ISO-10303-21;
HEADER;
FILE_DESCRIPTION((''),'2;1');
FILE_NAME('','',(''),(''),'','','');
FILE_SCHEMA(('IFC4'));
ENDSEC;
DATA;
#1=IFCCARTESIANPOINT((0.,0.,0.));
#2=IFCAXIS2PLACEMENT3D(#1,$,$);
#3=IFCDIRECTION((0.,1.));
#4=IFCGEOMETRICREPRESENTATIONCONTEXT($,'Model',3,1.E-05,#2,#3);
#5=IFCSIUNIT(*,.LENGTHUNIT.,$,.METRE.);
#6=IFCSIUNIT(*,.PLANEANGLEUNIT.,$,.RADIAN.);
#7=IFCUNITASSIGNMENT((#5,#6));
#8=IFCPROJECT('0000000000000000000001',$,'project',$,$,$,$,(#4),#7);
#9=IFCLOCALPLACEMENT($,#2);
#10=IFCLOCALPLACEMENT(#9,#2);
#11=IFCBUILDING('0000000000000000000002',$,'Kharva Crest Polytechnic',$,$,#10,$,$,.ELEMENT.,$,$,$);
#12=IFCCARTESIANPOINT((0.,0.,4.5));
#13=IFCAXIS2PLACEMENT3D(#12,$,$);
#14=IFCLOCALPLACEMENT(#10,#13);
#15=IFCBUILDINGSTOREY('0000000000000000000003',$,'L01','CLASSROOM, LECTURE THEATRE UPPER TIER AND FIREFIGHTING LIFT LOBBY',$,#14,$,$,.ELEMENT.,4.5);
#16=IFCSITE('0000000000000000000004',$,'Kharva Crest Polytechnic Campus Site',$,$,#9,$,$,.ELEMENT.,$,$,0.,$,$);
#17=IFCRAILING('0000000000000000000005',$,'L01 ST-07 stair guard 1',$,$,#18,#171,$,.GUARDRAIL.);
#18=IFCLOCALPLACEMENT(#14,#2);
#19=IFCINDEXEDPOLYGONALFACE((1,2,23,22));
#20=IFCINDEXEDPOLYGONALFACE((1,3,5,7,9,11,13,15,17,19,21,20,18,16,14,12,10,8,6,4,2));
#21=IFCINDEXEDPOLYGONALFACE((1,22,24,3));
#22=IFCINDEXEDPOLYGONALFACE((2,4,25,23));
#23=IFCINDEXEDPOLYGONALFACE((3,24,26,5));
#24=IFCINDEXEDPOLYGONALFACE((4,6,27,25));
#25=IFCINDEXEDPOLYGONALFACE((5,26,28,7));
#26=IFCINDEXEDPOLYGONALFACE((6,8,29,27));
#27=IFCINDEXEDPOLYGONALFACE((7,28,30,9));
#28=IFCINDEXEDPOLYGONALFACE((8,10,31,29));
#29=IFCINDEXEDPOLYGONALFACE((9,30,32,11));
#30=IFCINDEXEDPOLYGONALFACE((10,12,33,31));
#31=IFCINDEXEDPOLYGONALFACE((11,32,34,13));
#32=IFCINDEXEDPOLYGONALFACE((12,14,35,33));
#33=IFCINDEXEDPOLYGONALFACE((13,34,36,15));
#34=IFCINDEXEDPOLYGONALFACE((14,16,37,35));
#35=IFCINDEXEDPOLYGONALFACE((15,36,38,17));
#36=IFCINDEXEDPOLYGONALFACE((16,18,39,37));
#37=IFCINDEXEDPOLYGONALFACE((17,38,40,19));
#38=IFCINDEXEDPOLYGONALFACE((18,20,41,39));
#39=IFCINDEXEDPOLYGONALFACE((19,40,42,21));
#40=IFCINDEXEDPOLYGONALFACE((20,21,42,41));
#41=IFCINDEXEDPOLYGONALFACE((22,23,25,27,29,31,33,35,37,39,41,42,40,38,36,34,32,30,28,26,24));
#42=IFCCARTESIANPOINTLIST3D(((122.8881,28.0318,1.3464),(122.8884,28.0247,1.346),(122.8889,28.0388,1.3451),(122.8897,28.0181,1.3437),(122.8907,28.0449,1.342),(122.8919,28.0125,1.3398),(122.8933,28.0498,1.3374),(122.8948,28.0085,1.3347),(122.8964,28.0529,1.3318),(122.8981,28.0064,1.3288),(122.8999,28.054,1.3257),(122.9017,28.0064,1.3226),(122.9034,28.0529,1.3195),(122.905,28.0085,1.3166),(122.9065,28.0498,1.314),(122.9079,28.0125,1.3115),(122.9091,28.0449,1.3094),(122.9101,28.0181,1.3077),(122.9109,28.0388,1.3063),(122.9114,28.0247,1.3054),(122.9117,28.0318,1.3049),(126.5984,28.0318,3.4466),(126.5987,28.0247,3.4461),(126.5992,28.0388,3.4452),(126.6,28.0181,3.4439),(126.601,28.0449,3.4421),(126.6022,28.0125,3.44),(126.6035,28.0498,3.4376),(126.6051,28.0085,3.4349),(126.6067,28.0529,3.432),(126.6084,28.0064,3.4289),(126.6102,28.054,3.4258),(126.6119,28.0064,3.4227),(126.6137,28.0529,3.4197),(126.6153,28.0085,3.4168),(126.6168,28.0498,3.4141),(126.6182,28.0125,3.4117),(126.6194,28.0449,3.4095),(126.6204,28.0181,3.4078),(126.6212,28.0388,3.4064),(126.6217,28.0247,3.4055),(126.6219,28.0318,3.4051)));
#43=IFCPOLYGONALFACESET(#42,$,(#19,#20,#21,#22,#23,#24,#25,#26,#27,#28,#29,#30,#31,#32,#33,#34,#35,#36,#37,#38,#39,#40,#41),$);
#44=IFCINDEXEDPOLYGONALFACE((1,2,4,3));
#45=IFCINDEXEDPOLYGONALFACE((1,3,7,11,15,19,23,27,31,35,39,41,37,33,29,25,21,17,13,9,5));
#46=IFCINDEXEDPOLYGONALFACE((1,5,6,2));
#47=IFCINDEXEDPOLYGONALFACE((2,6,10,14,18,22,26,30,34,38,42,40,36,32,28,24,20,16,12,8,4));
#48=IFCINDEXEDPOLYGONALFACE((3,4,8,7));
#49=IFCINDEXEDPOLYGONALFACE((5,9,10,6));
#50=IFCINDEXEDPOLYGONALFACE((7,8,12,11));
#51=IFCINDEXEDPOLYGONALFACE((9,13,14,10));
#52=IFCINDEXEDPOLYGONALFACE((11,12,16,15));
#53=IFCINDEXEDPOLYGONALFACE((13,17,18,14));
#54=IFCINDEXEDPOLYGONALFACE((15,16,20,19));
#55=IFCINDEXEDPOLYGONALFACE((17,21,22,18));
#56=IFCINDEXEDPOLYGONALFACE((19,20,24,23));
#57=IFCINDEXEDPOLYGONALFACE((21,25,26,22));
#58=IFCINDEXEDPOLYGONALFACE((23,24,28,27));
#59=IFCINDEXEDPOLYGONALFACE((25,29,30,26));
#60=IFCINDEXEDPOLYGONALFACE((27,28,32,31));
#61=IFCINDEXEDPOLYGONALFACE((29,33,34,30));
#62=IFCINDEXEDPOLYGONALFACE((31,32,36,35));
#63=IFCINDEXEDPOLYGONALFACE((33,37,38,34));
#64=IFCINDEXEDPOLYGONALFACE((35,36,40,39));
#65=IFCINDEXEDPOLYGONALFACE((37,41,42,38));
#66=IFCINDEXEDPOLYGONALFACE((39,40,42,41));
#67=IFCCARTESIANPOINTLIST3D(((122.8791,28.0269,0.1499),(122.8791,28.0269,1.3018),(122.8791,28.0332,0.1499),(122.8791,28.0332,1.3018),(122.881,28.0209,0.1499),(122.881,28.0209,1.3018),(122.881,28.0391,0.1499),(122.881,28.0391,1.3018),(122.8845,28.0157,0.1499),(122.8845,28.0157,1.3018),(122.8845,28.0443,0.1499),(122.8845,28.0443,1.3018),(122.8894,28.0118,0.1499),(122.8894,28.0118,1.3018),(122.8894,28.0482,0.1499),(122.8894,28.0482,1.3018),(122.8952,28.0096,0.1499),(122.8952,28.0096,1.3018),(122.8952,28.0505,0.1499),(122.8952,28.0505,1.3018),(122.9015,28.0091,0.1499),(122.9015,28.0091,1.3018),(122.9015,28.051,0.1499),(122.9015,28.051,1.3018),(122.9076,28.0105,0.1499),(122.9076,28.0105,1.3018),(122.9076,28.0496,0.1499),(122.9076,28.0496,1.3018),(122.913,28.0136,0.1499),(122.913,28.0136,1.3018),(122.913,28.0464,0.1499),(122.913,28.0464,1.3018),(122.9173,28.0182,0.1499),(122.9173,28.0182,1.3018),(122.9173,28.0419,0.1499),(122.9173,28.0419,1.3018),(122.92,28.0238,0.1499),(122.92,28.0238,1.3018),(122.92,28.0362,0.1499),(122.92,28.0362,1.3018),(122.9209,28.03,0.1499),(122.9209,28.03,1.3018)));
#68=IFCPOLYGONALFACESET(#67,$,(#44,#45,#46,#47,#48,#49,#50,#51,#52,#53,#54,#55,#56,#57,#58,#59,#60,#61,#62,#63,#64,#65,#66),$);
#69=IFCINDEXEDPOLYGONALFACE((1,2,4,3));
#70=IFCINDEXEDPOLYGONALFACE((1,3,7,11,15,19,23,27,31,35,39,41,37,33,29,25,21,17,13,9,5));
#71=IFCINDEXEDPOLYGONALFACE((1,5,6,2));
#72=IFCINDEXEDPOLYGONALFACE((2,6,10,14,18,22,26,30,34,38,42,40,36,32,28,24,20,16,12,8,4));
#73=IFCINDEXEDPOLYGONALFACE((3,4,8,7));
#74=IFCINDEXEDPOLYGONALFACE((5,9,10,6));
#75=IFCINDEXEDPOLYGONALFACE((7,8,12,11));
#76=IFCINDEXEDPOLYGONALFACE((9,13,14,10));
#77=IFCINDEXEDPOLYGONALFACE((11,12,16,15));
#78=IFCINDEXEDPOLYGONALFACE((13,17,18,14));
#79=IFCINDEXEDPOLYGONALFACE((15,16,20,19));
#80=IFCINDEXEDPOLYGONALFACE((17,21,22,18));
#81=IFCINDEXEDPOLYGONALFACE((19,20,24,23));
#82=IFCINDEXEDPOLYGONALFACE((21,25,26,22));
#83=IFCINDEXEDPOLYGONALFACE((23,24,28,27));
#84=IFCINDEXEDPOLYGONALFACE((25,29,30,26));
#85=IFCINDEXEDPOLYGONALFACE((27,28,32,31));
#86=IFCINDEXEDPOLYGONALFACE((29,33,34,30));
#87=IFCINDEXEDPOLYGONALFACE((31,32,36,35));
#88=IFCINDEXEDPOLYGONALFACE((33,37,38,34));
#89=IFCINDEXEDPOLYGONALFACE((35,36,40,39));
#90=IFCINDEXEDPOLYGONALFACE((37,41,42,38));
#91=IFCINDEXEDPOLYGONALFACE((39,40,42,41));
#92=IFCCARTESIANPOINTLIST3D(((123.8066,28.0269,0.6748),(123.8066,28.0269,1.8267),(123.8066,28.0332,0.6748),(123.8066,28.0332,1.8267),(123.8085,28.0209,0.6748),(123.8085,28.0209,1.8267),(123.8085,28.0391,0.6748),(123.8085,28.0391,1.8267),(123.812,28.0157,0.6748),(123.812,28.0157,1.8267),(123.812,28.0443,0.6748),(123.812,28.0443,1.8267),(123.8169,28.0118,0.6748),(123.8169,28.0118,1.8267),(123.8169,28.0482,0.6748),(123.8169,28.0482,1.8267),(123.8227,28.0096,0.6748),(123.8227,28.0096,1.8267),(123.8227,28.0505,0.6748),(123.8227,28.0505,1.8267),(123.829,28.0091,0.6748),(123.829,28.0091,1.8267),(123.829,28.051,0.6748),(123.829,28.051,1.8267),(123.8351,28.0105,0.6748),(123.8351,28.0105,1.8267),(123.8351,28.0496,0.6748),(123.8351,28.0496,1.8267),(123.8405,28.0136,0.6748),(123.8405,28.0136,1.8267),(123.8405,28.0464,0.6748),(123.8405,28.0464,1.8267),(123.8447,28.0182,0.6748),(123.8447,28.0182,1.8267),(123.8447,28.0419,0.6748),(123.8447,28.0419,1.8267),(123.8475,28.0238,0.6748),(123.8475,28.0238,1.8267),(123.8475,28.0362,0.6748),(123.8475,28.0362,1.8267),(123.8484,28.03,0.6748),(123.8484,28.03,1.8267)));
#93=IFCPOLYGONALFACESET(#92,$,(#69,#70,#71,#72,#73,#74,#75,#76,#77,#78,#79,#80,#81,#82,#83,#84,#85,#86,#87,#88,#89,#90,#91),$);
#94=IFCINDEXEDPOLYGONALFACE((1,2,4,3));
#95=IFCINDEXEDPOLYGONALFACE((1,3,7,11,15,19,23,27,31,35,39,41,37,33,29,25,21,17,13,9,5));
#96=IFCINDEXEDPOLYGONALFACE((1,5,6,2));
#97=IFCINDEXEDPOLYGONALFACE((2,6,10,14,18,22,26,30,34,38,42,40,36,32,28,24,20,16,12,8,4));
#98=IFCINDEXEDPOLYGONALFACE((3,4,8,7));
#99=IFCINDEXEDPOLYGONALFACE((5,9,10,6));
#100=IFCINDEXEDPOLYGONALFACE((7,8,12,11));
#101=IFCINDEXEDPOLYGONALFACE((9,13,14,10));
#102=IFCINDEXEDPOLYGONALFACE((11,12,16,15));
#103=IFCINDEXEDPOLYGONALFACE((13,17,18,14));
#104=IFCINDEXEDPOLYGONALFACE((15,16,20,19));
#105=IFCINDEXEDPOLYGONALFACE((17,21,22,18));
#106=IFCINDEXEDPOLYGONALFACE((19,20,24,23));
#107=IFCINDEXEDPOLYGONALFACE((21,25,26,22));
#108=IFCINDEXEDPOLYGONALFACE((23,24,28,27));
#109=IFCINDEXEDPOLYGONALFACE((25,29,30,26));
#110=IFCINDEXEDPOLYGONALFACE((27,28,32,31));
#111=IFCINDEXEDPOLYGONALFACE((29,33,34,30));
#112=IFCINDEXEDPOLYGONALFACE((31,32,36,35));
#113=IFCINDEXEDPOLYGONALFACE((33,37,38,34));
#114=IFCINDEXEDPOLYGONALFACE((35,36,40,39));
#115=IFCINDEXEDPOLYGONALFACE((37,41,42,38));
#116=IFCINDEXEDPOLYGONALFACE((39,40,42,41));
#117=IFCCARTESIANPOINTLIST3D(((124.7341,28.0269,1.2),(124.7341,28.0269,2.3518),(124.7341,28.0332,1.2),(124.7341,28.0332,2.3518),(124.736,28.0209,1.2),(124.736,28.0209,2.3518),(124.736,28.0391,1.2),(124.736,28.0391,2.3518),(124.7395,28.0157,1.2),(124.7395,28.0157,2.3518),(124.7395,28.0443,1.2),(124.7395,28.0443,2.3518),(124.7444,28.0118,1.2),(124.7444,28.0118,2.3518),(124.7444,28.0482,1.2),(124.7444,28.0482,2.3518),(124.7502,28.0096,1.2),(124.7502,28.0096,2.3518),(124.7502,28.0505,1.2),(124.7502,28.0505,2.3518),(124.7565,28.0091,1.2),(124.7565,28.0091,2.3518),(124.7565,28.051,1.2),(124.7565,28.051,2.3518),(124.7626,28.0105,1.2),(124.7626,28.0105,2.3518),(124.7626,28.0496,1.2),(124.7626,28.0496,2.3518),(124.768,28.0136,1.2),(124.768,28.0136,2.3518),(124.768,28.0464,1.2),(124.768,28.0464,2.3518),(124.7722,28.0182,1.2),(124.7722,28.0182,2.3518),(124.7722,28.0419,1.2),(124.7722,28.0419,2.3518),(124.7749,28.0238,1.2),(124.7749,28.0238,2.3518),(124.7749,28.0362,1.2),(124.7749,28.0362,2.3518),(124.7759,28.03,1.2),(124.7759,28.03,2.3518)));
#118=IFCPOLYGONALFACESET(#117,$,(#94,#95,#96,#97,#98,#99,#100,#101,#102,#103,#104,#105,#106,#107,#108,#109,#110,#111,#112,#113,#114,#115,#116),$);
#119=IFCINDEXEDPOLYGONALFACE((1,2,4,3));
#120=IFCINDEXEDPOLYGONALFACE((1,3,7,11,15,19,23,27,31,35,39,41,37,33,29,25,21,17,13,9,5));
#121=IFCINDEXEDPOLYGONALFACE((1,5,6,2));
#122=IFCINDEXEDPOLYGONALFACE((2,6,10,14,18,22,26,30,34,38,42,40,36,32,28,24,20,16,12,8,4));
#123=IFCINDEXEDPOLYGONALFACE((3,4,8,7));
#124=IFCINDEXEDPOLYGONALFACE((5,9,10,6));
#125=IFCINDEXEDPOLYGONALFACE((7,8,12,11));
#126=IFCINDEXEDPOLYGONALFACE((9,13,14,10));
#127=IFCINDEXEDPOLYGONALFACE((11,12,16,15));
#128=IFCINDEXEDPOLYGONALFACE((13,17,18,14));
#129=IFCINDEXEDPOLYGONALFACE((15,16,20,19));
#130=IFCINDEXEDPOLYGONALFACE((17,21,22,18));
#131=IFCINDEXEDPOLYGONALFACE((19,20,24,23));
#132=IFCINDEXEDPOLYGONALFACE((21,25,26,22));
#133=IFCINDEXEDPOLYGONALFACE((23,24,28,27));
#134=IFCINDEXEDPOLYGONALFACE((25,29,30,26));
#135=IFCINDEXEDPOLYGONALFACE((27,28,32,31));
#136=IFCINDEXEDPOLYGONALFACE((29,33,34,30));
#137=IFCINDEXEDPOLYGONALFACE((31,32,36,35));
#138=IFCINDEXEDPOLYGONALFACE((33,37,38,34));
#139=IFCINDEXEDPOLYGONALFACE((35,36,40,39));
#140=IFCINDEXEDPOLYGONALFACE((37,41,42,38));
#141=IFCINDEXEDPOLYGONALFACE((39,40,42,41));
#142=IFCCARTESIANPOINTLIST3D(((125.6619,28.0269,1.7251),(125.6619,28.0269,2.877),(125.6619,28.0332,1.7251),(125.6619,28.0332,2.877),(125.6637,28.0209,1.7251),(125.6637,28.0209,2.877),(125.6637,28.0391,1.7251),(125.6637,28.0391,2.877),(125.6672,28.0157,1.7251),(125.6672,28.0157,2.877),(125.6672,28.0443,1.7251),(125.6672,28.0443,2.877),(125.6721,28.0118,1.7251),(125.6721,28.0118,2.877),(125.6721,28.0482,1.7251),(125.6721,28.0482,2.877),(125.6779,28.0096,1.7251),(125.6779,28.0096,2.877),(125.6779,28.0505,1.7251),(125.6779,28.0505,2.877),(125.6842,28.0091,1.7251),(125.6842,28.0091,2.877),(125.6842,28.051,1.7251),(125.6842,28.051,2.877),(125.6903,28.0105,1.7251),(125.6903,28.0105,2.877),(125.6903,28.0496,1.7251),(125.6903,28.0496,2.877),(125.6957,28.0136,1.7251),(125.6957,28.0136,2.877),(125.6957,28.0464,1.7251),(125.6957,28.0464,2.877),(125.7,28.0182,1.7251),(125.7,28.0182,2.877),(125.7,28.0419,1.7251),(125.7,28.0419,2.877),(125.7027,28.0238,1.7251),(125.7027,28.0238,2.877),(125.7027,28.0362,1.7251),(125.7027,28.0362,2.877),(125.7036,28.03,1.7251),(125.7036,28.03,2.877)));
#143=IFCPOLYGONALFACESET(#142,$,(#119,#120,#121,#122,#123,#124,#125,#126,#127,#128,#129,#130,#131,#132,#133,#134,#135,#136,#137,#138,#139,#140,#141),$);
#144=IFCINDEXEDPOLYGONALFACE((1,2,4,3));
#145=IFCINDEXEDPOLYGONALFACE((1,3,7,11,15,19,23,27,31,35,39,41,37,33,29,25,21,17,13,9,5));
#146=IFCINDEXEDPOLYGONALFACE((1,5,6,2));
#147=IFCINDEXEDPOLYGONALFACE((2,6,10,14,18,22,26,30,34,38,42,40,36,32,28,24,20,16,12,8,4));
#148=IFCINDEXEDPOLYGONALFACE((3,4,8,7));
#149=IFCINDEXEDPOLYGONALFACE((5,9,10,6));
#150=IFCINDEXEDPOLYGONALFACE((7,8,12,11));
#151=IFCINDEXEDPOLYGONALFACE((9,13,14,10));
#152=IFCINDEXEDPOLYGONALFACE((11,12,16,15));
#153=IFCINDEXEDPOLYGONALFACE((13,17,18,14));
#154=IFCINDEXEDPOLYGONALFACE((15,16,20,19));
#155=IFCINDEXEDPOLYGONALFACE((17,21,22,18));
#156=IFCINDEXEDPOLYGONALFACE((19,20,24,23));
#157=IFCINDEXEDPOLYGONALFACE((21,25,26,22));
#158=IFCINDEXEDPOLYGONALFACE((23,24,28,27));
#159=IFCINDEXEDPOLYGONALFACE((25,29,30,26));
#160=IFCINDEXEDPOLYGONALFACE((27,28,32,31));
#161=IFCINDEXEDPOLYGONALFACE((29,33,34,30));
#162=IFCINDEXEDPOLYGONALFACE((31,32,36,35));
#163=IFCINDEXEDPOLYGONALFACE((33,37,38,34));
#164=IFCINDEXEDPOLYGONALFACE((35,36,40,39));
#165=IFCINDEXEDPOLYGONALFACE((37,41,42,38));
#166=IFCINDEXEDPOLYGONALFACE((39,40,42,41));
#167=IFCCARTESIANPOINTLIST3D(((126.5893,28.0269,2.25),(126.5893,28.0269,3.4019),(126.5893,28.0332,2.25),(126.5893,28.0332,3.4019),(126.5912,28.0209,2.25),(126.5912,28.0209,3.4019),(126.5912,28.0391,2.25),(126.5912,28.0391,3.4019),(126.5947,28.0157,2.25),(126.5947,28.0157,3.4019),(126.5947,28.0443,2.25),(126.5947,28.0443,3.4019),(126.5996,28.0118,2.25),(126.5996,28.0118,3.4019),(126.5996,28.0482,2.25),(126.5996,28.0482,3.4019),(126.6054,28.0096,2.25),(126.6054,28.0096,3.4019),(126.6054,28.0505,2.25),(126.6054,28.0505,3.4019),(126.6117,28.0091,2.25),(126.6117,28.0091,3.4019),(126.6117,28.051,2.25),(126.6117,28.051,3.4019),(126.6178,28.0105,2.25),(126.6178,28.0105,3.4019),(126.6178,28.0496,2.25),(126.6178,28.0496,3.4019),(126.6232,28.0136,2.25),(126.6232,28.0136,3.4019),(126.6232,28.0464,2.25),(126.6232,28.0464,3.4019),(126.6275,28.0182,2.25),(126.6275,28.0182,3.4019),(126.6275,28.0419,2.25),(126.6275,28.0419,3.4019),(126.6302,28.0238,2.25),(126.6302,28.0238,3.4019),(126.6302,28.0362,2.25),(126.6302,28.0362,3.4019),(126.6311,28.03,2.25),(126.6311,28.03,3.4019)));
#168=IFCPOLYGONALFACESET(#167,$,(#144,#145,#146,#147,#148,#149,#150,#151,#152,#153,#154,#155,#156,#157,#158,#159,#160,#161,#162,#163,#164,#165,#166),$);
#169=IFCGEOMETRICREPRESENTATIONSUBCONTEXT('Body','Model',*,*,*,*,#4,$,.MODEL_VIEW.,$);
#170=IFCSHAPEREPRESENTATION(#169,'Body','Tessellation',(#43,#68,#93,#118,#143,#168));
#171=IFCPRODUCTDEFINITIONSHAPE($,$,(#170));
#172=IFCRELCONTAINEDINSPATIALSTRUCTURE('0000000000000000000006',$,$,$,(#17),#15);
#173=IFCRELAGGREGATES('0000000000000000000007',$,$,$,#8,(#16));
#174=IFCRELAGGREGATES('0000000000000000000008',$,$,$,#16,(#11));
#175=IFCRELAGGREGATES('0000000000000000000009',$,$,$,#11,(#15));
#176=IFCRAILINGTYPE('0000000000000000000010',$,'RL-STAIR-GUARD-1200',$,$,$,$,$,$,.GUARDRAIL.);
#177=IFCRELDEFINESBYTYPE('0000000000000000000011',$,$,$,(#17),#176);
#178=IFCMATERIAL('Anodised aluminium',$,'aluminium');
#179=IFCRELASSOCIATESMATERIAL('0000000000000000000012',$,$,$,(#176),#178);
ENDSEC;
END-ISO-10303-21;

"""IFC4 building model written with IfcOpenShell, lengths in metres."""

from ifc_helpers import new_model, si_unit, direction, frame, origin, origin_2d, place, context, subcontext, project, spatial, circle, extrude, material, type_object, element, save


model = new_model("IFC4")

# Units and contexts
model_context = context("Model", 3, precision=1e-05, world=origin(), true_north=direction((0.0, 1.0)))
body_context = subcontext(model_context, "Body", "Model", "MODEL_VIEW")
ifc_project = project(units=[si_unit("LENGTHUNIT", "METRE"), si_unit("PLANEANGLEUNIT", "RADIAN")], contexts=[model_context])

# Site, building, storey
site_placement = place(None, origin())
site = spatial("IfcSite", under=ifc_project, at=site_placement, Name="Kharva Crest Polytechnic Campus Site", CompositionType="ELEMENT", RefElevation=0.0)
building_placement = place(site_placement, origin())
building = spatial("IfcBuilding", under=site, at=building_placement, Name="Kharva Crest Polytechnic", CompositionType="ELEMENT")
storey_placement = place(building_placement, frame((0.0, 0.0, 4.5)))
storey = spatial("IfcBuildingStorey", under=building, at=storey_placement, Name="L01", Description="CLASSROOM, LECTURE THEATRE UPPER TIER AND FIREFIGHTING LIFT LOBBY", CompositionType="ELEMENT", Elevation=4.5)

# Railing
ifc_material_1 = material(Name="Anodised aluminium", Category="aluminium")
railing_type_1 = type_object("IfcRailingType", Name="RL-STAIR-GUARD-1200", PredefinedType="GUARDRAIL", material=ifc_material_1)
railing_1_placement = place(storey_placement, frame((122.8999, 28.03, 0.1499)))
element("IfcRailing", 1, at=railing_1_placement, inside=storey, type_object=railing_type_1, Name="L01 ST-07 stair guard 1", PredefinedType="GUARDRAIL", context=body_context, shape_type="SweptSolid", body=[
    extrude(circle(Radius=0.0239, at=origin_2d()), frame((0.0, 0.0, 1.1758), z_axis=(0.870259, 0.0, 0.492595), x_axis=(0.0, 1.0, 0.0)), (0.0, 0.0, 1.0), 4.2634),
    extrude(circle(Radius=0.021, at=origin_2d()), origin(), (0.0, 0.0, 1.0), 1.1519),
    extrude(circle(Radius=0.021, at=origin_2d()), frame((0.9275, 0.0, 0.5249)), (0.0, 0.0, 1.0), 1.1519),
    extrude(circle(Radius=0.021, at=origin_2d()), frame((1.855, 0.0, 1.05)), (0.0, 0.0, 1.0), 1.1519),
    extrude(circle(Radius=0.021, at=origin_2d()), frame((2.7827, 0.0, 1.5752)), (0.0, 0.0, 1.0), 1.1519),
    extrude(circle(Radius=0.021, at=origin_2d()), frame((3.7102, 0.0, 2.1001)), (0.0, 0.0, 1.0), 1.1519),
])

save(model, "model.ifc")
